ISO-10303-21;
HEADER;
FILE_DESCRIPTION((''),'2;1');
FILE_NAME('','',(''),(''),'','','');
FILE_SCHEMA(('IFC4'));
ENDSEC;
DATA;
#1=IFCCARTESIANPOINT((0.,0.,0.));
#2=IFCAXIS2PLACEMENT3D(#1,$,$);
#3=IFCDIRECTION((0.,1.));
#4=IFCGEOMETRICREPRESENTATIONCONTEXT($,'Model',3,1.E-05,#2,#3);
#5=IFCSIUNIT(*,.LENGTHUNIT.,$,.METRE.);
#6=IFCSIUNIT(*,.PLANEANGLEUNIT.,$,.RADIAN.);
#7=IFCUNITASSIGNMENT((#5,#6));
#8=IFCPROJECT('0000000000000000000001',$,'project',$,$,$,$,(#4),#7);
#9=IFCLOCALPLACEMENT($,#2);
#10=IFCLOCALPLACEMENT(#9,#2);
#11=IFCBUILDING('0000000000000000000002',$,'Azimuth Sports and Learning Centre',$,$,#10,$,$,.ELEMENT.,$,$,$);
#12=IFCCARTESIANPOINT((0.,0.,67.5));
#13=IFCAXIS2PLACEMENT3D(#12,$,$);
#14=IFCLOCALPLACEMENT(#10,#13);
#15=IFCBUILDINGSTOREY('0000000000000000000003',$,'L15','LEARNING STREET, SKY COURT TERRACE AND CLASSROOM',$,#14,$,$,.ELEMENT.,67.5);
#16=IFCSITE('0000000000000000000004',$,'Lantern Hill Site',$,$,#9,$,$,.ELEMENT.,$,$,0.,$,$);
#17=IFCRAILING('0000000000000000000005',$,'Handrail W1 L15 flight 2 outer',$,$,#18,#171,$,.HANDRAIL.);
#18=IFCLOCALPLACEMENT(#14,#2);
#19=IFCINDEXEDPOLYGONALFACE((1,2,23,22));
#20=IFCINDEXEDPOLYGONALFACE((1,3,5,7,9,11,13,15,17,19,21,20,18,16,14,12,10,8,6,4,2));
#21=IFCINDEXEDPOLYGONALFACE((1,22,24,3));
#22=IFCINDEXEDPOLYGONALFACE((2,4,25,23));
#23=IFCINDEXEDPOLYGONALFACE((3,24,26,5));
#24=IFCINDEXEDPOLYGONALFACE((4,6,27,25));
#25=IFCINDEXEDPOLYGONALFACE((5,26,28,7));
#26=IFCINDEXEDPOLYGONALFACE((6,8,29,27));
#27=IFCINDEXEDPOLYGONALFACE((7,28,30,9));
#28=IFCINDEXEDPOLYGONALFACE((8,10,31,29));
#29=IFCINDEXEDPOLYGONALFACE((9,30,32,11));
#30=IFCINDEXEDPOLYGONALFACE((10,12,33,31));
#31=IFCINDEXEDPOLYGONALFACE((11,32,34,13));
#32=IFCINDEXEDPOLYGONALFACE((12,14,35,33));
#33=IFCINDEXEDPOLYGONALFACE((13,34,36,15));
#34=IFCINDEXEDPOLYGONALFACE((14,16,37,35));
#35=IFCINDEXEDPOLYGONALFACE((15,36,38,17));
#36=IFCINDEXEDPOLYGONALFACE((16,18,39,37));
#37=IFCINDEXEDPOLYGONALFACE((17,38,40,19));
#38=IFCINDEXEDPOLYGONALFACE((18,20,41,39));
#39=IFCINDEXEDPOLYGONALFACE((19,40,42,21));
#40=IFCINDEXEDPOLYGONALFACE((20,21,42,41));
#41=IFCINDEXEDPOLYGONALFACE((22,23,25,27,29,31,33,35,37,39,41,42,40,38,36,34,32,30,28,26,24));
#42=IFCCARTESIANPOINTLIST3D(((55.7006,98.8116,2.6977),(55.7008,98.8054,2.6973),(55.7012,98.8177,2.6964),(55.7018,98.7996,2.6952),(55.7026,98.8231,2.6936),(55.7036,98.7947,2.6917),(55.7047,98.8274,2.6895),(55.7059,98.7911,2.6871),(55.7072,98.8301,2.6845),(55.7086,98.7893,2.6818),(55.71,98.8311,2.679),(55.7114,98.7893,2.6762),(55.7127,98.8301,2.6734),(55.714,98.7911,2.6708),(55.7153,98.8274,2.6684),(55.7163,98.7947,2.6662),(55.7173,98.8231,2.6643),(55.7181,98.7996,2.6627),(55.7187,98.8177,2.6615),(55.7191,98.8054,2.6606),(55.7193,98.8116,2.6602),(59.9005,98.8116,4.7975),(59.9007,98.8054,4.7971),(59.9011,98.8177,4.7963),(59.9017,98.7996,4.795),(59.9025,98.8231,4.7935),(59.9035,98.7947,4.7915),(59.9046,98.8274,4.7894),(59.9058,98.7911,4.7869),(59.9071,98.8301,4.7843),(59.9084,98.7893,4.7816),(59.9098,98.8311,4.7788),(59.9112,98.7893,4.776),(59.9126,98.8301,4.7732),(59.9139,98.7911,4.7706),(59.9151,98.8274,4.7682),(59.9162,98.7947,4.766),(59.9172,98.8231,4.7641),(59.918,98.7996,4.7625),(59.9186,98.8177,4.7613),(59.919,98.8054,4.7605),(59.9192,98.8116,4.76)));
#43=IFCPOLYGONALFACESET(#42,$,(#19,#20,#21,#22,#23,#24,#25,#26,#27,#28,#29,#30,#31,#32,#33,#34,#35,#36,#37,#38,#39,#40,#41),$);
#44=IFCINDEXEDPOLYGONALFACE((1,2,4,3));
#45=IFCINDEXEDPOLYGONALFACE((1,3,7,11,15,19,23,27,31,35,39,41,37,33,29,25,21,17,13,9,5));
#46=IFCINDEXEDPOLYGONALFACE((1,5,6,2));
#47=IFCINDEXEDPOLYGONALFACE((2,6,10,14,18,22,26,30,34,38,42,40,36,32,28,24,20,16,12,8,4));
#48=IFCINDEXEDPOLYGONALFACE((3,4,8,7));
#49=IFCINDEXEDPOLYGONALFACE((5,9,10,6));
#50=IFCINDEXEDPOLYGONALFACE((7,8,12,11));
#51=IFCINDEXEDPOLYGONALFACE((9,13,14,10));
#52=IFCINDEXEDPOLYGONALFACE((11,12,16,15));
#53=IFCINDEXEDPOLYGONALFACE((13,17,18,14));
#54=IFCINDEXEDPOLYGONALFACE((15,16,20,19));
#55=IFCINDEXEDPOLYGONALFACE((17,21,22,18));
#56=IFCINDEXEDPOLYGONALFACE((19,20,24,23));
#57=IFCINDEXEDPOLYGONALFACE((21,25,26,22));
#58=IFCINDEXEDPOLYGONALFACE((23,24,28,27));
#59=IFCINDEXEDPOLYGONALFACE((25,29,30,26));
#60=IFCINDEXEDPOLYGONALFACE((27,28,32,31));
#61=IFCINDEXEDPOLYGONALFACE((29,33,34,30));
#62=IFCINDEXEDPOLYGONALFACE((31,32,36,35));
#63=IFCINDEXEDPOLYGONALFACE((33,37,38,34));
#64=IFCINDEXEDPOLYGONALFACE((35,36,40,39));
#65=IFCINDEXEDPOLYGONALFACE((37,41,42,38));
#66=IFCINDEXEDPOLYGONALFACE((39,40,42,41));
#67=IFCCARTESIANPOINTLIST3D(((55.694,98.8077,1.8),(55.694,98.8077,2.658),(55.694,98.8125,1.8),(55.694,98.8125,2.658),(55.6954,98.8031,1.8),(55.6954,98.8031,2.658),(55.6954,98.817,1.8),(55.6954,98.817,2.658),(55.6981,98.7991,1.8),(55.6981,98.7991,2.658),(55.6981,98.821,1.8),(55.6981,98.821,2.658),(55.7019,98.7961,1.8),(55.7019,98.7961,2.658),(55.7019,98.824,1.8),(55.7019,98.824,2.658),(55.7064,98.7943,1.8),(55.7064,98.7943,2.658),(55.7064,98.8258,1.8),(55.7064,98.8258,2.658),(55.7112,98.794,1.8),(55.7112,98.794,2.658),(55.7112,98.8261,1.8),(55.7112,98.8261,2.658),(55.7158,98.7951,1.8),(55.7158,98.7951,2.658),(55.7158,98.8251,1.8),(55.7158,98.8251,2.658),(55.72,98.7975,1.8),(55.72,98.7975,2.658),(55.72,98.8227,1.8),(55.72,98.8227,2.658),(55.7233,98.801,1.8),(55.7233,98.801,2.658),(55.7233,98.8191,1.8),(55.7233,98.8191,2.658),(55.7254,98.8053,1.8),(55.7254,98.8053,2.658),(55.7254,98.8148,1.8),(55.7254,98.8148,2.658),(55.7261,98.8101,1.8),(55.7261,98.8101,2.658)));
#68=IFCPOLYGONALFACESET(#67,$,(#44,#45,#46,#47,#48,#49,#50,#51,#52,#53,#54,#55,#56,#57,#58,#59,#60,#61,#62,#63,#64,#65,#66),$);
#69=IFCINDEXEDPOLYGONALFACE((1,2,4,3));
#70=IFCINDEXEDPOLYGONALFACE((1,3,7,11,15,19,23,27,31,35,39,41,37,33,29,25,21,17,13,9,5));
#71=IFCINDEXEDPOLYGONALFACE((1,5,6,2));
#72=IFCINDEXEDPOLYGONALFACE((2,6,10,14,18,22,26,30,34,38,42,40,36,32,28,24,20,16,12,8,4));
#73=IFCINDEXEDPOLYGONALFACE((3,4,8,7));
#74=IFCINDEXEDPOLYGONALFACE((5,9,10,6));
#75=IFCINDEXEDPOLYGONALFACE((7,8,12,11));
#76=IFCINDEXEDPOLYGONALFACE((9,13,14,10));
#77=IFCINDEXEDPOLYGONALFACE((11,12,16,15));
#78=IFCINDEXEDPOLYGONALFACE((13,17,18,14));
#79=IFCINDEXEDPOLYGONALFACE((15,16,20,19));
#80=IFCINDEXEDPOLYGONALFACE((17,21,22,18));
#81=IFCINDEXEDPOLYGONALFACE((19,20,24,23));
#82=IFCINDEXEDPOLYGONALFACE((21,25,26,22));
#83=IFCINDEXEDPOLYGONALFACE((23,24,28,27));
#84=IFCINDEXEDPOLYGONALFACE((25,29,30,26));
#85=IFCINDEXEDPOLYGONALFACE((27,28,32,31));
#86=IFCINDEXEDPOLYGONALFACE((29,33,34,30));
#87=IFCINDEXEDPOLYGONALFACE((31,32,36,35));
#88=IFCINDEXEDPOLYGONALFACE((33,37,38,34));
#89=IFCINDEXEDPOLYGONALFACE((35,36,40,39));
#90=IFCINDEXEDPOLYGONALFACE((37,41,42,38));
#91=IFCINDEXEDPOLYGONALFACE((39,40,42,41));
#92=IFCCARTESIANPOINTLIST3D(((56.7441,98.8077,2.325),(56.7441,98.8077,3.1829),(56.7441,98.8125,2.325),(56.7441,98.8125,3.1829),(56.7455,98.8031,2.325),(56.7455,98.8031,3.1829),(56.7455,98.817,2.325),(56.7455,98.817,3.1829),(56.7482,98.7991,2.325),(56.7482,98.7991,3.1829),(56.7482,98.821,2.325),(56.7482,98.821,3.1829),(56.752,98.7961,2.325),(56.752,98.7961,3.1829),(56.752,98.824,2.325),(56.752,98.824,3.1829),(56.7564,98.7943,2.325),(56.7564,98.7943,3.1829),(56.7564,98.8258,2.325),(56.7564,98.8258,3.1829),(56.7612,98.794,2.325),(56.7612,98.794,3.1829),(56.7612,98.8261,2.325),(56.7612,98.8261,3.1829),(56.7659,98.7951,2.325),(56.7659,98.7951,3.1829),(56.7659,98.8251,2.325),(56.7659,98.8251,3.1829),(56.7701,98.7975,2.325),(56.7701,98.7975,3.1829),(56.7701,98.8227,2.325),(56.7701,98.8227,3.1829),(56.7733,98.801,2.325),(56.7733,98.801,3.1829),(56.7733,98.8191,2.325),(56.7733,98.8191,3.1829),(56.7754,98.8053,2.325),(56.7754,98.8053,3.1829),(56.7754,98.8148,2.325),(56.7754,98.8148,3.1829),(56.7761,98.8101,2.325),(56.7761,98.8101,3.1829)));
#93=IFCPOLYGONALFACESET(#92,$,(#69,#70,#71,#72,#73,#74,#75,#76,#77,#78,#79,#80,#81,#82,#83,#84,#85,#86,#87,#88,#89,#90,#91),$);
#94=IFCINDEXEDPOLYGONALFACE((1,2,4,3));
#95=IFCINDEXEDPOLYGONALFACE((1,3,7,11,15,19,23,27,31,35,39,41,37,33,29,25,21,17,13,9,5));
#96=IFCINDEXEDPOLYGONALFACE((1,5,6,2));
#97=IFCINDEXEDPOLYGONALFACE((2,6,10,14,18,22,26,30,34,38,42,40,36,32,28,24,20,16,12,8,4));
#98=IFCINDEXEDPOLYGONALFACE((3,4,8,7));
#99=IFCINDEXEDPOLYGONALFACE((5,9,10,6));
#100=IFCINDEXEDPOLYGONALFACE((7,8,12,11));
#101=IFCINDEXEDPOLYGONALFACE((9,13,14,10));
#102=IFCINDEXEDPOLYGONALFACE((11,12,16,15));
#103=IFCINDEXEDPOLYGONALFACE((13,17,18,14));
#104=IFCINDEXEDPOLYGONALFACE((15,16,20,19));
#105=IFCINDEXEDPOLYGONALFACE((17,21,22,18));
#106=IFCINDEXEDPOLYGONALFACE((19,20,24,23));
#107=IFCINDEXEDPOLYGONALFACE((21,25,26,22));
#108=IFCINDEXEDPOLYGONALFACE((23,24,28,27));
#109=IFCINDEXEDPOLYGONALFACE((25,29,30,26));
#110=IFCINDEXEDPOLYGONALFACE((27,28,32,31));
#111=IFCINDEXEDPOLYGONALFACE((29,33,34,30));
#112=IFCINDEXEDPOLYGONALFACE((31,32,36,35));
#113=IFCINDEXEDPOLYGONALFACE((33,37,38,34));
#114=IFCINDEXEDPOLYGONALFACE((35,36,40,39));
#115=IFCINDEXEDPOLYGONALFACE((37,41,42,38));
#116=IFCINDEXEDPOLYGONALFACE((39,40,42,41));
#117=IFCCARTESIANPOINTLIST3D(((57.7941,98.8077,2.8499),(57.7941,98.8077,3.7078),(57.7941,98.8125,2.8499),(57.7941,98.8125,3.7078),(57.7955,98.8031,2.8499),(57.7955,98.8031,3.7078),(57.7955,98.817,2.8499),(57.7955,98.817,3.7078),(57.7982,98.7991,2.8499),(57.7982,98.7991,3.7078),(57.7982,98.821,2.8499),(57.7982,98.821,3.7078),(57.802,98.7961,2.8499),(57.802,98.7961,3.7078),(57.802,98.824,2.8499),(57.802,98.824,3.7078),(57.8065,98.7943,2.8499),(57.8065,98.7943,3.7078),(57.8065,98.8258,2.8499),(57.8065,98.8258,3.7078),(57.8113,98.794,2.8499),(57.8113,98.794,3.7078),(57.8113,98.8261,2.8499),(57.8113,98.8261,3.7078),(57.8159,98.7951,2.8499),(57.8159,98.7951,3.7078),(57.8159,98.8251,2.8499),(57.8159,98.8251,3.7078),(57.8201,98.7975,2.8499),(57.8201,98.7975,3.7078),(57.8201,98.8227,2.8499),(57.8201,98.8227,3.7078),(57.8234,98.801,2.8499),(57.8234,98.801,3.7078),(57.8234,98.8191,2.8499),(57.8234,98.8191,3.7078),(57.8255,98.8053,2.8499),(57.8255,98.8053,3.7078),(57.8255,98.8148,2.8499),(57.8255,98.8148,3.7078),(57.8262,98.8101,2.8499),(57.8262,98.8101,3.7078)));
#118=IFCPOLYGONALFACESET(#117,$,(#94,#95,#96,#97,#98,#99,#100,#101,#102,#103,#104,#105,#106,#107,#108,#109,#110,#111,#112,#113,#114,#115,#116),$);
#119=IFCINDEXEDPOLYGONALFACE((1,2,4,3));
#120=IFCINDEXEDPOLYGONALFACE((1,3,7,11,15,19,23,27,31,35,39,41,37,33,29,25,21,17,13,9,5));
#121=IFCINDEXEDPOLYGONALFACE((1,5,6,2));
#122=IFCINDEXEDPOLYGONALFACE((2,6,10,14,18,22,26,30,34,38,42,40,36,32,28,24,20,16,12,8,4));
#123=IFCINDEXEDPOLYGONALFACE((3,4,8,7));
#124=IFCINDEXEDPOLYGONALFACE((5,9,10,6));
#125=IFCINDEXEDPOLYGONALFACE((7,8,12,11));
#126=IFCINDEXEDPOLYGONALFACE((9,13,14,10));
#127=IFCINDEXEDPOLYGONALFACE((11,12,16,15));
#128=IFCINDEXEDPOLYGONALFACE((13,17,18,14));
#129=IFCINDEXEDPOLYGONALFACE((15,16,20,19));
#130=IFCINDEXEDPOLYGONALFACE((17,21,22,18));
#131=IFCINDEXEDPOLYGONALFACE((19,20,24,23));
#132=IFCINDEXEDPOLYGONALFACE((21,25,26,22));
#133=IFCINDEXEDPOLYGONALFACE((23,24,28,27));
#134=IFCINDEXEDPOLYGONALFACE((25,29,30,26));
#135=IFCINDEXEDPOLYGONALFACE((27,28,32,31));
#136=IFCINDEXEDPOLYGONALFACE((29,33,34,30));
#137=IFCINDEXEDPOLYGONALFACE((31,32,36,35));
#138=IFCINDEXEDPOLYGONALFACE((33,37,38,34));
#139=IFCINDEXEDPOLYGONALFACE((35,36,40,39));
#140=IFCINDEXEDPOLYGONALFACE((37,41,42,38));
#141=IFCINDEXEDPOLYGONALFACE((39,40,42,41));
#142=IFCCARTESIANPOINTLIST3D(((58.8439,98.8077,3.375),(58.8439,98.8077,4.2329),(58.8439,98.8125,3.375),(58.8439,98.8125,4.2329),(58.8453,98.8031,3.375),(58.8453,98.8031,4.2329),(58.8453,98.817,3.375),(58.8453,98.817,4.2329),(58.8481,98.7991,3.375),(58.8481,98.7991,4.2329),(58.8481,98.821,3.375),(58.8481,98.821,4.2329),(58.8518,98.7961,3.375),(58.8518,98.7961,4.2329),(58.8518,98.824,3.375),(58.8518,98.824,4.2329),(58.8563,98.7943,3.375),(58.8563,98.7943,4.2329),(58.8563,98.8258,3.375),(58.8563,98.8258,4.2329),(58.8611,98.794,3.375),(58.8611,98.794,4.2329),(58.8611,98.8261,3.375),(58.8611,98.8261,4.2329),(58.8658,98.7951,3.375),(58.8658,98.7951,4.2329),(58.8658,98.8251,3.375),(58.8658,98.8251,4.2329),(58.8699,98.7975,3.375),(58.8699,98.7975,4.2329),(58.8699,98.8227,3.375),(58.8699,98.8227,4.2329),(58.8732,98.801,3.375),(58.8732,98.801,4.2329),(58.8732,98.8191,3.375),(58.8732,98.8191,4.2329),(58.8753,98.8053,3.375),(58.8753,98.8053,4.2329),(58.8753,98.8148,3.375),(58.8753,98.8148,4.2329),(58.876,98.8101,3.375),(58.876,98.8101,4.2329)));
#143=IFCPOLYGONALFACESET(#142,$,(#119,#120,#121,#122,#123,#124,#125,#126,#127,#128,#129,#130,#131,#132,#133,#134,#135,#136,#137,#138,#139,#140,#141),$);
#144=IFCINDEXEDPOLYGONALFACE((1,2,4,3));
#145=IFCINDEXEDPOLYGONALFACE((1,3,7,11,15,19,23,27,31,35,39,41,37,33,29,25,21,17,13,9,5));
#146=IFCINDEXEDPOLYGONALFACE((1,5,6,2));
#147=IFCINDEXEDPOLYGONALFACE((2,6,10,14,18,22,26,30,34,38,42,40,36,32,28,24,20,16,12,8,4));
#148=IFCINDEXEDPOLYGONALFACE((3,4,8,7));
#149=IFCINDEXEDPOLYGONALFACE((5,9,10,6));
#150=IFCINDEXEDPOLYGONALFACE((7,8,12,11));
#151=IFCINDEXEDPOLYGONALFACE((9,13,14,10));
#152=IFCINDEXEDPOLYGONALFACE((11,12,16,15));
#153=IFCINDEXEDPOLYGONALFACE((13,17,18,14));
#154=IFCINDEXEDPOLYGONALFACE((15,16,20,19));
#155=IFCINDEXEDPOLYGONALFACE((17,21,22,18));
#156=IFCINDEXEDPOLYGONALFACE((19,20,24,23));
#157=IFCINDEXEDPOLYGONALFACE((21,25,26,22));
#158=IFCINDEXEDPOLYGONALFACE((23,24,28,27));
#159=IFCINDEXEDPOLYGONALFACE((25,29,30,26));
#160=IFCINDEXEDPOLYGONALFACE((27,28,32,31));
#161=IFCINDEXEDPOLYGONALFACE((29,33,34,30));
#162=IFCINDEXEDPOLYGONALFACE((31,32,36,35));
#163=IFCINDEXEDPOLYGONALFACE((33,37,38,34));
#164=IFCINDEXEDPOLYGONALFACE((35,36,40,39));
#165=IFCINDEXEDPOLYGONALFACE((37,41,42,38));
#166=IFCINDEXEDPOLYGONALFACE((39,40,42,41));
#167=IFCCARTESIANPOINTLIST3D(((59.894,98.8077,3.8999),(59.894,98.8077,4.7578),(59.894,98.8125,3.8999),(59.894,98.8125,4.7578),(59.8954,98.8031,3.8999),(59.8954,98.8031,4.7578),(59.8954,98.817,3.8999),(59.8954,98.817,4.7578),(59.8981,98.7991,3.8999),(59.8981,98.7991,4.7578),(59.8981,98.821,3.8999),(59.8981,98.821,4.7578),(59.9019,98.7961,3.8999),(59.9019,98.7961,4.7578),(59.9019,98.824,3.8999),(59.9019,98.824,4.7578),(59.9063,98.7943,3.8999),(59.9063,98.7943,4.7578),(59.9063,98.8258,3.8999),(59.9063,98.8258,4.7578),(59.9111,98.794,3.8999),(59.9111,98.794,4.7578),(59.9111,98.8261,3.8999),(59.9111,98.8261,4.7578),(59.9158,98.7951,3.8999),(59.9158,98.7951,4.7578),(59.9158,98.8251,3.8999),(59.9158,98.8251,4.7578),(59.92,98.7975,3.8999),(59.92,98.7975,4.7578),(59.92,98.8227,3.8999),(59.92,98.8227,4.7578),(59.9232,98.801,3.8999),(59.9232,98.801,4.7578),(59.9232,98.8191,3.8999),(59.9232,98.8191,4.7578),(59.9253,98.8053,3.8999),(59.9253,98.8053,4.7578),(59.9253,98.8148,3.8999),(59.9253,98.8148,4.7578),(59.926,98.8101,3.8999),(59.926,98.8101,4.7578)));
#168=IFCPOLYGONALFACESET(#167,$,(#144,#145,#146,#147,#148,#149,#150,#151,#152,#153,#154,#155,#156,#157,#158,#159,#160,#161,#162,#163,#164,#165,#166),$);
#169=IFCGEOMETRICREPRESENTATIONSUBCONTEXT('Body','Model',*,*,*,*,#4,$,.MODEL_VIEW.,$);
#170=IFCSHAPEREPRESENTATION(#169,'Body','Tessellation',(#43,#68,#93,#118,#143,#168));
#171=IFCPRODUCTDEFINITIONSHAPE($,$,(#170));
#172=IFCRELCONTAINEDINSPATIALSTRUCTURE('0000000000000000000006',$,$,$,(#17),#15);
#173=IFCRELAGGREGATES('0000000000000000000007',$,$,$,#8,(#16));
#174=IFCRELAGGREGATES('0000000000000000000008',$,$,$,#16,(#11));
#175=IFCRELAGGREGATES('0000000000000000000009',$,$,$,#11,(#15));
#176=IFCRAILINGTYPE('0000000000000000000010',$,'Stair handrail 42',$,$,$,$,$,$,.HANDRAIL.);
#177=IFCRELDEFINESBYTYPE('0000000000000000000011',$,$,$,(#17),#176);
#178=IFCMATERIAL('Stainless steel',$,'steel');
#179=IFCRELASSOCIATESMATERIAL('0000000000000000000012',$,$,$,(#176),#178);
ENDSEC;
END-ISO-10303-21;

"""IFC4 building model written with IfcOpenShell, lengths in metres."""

from ifc_helpers import new_model, si_unit, direction, frame, origin, origin_2d, place, context, subcontext, project, spatial, circle, extrude, material, type_object, element, save


model = new_model("IFC4")

# Units and contexts
model_context = context("Model", 3, precision=1e-05, world=origin(), true_north=direction((0.0, 1.0)))
body_context = subcontext(model_context, "Body", "Model", "MODEL_VIEW")
ifc_project = project(units=[si_unit("LENGTHUNIT", "METRE"), si_unit("PLANEANGLEUNIT", "RADIAN")], contexts=[model_context])

# Site, building, storey
site_placement = place(None, origin())
site = spatial("IfcSite", under=ifc_project, at=site_placement, Name="Lantern Hill Site", CompositionType="ELEMENT", RefElevation=0.0)
building_placement = place(site_placement, origin())
building = spatial("IfcBuilding", under=site, at=building_placement, Name="Azimuth Sports and Learning Centre", CompositionType="ELEMENT")
storey_placement = place(building_placement, frame((0.0, 0.0, 67.5)))
storey = spatial("IfcBuildingStorey", under=building, at=storey_placement, Name="L15", Description="LEARNING STREET, SKY COURT TERRACE AND CLASSROOM", CompositionType="ELEMENT", Elevation=67.5)

# Railing
ifc_material_1 = material(Name="Stainless steel", Category="steel")
railing_type_1 = type_object("IfcRailingType", Name="Stair handrail 42", PredefinedType="HANDRAIL", material=ifc_material_1)
for number, where, name in (
    (1, (55.71, 98.8101, 1.8), "Handrail W1 L15 flight 2 outer"),
):
    element("IfcRailing", number, at=place(storey_placement, frame(where)), inside=storey, type_object=railing_type_1, Name=name, PredefinedType="HANDRAIL", context=body_context, shape_type="SweptSolid", body=[
        extrude(circle(Radius=0.021, at=origin_2d()), frame((0.0, 0.0, 0.8789), z_axis=(0.894438, 0.0, 0.447193), x_axis=(0.0, 1.0, 0.0)), (0.0, 0.0, 1.0), 4.6956),
        extrude(circle(Radius=0.0161, at=origin_2d()), origin(), (0.0, 0.0, 1.0), 0.8579),
        extrude(circle(Radius=0.0161, at=origin_2d()), frame((1.05, 0.0, 0.5249)), (0.0, 0.0, 1.0), 0.8579),
        extrude(circle(Radius=0.0161, at=origin_2d()), frame((2.1001, 0.0, 1.0498)), (0.0, 0.0, 1.0), 0.8579),
        extrude(circle(Radius=0.0161, at=origin_2d()), frame((3.1499, 0.0, 1.575)), (0.0, 0.0, 1.0), 0.8579),
        extrude(circle(Radius=0.0161, at=origin_2d()), frame((4.2, 0.0, 2.0999)), (0.0, 0.0, 1.0), 0.8579),
    ])

save(model, "model.ifc")
